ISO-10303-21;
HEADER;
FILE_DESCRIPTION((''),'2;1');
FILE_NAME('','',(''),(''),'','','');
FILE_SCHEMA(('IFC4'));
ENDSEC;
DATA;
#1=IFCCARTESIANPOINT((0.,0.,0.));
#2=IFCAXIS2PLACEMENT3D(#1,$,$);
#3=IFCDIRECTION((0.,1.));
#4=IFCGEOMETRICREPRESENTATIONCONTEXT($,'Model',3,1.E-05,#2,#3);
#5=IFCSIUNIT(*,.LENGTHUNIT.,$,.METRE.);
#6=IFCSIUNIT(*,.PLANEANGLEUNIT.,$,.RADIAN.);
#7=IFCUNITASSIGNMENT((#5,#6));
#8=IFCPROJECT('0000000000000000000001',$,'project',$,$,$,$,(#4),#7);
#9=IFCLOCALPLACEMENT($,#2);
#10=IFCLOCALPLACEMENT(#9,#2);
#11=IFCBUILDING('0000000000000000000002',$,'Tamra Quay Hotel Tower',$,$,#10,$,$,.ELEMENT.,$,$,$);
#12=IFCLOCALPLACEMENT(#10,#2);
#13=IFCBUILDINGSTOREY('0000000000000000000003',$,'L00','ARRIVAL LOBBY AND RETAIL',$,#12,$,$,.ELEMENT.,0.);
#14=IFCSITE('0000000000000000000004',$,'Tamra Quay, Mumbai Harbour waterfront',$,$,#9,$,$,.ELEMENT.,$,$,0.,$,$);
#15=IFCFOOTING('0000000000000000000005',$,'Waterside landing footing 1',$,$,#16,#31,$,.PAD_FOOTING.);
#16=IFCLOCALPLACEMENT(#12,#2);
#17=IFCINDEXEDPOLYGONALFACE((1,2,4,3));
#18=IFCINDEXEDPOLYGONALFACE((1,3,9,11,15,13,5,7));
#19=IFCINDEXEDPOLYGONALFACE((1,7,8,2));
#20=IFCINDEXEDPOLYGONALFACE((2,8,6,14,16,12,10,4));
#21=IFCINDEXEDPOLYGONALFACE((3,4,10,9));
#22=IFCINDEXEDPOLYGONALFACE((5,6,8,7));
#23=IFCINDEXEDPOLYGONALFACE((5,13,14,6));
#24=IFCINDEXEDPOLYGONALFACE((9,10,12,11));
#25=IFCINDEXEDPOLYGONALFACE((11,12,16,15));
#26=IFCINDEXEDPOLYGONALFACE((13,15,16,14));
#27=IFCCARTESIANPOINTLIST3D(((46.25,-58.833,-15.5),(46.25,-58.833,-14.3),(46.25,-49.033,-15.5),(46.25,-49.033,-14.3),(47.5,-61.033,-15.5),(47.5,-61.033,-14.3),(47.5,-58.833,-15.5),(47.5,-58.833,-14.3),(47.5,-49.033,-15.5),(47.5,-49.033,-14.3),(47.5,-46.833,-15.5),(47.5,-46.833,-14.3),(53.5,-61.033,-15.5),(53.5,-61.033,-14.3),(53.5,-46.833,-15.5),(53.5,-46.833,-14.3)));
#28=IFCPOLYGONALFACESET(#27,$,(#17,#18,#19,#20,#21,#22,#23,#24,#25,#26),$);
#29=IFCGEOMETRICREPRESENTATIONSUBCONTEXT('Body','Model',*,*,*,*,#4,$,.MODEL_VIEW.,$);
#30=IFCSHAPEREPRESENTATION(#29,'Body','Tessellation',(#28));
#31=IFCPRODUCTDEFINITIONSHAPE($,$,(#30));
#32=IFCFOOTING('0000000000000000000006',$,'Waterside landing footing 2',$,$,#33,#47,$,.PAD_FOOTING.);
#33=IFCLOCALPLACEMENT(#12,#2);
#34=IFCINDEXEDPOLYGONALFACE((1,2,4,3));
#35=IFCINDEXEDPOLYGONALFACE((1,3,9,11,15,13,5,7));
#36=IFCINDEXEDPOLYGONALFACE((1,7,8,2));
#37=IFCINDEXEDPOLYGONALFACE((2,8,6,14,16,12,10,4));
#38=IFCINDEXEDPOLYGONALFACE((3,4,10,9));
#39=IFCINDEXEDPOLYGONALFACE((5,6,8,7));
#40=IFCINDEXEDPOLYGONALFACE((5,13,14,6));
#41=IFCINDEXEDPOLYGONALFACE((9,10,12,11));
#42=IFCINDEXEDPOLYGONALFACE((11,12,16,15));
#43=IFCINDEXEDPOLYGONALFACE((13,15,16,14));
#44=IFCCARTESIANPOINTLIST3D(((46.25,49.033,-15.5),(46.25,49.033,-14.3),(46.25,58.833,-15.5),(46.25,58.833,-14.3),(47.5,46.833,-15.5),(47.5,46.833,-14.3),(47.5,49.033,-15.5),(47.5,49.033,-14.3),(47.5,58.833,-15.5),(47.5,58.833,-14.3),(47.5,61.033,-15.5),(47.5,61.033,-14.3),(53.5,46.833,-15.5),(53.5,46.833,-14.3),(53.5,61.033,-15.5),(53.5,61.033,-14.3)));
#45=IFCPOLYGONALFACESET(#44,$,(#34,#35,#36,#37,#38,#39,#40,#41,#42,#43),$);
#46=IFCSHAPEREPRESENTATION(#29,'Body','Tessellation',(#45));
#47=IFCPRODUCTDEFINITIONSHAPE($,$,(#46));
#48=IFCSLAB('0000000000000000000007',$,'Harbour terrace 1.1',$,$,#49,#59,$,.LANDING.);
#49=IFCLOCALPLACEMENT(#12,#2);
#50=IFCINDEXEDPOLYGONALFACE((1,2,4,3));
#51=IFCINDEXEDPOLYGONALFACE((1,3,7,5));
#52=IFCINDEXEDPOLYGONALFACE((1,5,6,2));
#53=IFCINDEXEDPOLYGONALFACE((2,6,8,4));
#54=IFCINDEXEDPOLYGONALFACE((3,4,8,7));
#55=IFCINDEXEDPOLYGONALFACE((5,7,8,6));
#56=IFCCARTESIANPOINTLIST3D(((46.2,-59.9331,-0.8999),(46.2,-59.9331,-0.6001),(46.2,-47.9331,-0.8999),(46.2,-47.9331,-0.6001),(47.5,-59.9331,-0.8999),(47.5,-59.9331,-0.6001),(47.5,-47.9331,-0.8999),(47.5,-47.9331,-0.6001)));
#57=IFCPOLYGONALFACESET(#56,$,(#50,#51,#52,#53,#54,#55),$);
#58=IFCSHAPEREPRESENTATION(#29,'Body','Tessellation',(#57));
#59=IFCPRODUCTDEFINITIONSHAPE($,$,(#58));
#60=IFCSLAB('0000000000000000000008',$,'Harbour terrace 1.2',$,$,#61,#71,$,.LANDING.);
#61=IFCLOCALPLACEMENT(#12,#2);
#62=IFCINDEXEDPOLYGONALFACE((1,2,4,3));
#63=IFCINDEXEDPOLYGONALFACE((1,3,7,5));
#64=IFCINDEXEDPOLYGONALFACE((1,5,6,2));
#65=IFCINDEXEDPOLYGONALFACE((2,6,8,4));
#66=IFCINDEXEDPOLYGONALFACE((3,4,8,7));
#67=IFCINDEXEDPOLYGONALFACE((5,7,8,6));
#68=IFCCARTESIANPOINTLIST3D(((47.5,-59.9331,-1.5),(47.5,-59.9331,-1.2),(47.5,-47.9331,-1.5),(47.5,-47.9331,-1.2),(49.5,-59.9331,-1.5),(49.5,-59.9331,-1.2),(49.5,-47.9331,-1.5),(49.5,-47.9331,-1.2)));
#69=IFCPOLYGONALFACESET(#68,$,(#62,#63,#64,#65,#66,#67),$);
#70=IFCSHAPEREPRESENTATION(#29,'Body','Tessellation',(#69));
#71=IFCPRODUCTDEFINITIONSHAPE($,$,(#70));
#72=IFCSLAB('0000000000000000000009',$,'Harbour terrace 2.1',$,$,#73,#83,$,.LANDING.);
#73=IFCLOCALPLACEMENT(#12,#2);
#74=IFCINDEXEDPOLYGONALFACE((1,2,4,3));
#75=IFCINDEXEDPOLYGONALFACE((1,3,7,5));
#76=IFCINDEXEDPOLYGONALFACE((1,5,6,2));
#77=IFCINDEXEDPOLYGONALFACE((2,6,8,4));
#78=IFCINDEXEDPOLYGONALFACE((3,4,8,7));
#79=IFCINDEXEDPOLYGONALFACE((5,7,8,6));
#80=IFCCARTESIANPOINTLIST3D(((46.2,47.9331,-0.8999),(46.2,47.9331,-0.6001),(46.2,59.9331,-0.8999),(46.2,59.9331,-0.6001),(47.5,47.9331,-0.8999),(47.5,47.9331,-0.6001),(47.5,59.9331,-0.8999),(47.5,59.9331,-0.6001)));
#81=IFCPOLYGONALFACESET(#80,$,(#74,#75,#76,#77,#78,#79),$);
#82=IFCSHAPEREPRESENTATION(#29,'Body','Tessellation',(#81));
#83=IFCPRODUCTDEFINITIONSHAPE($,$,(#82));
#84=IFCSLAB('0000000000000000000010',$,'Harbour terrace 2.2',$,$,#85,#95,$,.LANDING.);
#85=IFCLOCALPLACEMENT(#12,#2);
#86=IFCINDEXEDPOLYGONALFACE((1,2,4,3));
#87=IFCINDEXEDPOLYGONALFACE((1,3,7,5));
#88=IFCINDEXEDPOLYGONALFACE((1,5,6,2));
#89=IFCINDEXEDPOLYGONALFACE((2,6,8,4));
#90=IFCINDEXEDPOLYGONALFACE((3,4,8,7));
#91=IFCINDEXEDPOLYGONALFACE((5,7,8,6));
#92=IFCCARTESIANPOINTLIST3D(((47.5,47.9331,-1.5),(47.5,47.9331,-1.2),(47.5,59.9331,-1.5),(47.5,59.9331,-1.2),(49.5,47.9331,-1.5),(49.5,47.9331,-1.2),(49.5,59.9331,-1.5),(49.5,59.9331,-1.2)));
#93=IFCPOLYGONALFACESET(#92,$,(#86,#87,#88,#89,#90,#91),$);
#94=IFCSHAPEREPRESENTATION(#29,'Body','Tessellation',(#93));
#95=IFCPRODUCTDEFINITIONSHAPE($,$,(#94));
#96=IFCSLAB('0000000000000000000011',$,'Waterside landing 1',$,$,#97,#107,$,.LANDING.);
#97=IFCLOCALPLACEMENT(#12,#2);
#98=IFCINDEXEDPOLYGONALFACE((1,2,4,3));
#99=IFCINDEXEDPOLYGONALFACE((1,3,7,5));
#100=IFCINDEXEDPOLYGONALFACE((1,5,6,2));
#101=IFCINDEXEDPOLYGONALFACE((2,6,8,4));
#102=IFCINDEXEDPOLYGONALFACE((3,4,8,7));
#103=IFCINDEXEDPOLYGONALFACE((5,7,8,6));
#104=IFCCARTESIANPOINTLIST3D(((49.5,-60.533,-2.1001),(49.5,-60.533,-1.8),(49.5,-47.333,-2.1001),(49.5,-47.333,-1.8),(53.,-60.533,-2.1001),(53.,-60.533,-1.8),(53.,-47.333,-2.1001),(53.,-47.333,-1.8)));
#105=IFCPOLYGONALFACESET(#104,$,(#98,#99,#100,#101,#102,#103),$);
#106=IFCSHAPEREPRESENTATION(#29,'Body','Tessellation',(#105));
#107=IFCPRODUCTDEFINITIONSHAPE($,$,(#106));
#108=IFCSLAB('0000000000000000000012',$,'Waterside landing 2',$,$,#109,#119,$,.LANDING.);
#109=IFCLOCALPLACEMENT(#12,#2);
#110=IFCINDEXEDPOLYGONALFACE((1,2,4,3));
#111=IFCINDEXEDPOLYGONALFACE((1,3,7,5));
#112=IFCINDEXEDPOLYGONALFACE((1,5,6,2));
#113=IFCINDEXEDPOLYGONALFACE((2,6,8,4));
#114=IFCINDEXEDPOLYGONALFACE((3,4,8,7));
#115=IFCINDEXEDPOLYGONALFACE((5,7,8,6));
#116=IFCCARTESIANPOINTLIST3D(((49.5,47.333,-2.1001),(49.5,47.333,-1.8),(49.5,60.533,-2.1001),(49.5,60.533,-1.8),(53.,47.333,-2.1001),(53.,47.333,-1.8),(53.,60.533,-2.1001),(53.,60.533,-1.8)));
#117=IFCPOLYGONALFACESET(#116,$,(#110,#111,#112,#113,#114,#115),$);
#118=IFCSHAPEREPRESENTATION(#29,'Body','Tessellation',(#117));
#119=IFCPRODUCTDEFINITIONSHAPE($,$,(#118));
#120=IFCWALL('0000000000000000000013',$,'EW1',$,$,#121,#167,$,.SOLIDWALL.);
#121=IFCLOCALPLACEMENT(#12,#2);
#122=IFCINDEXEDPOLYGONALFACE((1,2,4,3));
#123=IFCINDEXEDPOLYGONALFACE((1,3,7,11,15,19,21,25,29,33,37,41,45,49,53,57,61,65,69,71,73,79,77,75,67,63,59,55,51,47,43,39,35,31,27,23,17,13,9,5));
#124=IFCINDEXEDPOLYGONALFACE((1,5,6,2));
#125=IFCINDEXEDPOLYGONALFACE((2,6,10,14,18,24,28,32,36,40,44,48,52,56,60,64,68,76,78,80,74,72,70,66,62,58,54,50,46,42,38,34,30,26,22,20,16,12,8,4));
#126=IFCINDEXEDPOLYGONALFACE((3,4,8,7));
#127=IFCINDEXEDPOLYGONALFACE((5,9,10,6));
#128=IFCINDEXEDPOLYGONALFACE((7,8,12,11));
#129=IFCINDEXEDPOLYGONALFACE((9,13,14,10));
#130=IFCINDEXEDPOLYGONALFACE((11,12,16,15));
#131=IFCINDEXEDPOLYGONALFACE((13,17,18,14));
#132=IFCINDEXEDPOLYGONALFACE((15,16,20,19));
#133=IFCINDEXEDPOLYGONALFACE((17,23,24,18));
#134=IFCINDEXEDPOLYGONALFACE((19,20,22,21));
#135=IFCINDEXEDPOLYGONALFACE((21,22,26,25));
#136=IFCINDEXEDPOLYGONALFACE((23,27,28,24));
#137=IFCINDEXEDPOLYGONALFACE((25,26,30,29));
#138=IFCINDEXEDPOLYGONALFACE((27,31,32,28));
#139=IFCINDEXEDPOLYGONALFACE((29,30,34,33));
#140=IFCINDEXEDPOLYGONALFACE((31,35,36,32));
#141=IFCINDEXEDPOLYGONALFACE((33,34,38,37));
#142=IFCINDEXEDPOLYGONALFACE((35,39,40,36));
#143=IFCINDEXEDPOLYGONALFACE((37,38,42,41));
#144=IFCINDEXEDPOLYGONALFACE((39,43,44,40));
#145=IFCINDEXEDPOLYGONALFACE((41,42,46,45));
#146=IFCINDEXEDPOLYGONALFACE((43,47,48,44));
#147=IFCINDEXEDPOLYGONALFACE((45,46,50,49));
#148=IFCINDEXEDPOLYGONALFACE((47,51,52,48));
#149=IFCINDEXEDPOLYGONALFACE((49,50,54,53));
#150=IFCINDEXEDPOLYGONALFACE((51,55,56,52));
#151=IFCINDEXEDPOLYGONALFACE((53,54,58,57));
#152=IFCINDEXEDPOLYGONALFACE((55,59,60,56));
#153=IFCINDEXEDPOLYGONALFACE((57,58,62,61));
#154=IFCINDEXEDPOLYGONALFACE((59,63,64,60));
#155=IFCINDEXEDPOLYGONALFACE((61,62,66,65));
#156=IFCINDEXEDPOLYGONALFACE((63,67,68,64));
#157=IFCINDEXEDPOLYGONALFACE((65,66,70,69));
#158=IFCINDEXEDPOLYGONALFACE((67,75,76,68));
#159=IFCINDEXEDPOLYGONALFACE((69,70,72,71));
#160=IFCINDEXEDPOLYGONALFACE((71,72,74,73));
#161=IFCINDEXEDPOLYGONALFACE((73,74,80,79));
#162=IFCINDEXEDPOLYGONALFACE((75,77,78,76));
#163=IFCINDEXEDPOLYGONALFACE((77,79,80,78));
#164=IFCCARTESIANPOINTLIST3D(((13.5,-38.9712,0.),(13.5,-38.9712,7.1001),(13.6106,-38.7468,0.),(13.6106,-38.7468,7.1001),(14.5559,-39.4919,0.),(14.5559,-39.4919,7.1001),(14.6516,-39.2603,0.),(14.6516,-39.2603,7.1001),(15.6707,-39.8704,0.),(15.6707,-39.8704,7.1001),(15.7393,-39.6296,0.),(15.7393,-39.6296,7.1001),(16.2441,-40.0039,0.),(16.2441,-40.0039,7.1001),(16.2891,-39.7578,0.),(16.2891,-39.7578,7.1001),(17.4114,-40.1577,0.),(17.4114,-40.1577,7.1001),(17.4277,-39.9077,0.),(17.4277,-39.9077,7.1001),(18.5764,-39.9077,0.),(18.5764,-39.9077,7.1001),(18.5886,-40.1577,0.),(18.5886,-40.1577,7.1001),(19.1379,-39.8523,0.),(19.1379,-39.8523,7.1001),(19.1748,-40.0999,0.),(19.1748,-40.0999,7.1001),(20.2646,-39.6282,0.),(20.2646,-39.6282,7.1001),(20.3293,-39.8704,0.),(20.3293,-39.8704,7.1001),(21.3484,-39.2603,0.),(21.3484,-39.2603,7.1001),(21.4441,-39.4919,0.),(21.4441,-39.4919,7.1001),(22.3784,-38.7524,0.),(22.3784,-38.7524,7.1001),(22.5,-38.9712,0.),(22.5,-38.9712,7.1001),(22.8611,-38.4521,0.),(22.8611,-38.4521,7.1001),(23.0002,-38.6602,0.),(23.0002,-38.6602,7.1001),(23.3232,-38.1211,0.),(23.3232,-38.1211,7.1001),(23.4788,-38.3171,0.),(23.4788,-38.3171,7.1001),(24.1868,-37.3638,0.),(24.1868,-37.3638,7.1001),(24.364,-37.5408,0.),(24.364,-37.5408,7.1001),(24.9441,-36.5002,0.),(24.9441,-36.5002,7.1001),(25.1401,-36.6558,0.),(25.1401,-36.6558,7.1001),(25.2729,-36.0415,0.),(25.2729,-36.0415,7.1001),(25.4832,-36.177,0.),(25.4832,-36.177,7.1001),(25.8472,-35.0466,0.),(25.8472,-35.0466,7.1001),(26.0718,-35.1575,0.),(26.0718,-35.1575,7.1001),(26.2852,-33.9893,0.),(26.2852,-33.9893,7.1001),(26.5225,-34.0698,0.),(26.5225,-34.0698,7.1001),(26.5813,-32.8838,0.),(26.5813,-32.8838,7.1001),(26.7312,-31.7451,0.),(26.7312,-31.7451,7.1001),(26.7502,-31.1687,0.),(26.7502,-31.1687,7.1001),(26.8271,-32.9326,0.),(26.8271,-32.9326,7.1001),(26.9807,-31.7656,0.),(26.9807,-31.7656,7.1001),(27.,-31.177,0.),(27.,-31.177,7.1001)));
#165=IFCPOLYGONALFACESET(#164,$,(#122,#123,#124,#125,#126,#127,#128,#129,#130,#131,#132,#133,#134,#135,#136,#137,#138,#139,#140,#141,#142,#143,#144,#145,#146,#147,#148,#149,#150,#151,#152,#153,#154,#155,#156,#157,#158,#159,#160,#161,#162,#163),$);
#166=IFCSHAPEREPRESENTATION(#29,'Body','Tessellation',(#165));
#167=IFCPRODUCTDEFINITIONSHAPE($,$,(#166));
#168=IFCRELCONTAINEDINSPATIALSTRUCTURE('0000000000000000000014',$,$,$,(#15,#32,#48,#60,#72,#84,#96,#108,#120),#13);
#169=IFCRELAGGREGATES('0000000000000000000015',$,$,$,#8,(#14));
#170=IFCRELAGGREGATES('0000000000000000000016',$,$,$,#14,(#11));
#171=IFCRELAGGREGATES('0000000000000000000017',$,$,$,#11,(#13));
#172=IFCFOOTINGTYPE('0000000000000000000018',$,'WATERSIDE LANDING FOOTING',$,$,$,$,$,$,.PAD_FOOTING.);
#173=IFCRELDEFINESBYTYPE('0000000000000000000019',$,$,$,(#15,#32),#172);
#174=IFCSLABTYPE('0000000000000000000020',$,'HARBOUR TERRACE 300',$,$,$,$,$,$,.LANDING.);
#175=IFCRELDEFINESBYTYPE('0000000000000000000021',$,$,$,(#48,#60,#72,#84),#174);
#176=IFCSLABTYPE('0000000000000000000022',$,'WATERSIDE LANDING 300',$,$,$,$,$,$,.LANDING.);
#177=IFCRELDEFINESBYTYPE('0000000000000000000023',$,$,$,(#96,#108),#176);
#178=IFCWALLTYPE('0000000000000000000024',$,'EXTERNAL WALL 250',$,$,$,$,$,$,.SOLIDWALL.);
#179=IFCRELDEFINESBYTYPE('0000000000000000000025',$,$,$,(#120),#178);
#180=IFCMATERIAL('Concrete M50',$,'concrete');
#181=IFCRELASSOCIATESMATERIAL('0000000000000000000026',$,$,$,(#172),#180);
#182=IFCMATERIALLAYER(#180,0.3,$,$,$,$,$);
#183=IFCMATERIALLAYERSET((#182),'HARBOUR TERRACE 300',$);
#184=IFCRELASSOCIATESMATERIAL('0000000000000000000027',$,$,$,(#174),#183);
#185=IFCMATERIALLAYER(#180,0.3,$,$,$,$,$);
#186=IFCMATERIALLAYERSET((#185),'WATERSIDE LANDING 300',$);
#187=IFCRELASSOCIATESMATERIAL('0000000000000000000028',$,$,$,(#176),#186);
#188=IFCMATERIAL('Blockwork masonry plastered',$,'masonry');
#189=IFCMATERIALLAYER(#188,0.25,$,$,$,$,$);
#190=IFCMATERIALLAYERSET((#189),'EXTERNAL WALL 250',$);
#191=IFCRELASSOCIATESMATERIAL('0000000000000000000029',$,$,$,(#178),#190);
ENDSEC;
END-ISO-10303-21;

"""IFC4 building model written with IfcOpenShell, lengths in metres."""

from ifc_helpers import new_model, si_unit, direction, frame, origin, place, context, subcontext, project, spatial, polyline, outline, extrude, material, layer, layer_set, type_object, element, save


model = new_model("IFC4")

# Units and contexts
model_context = context("Model", 3, precision=1e-05, world=origin(), true_north=direction((0.0, 1.0)))
body_context = subcontext(model_context, "Body", "Model", "MODEL_VIEW")
ifc_project = project(units=[si_unit("LENGTHUNIT", "METRE"), si_unit("PLANEANGLEUNIT", "RADIAN")], contexts=[model_context])

# Site, building, storey
site_placement = place(None, origin())
site = spatial("IfcSite", under=ifc_project, at=site_placement, Name="Tamra Quay, Mumbai Harbour waterfront", CompositionType="ELEMENT", RefElevation=0.0)
building_placement = place(site_placement, origin())
building = spatial("IfcBuilding", under=site, at=building_placement, Name="Tamra Quay Hotel Tower", CompositionType="ELEMENT")
storey_placement = place(building_placement, origin())
storey = spatial("IfcBuildingStorey", under=building, at=storey_placement, Name="L00", Description="ARRIVAL LOBBY AND RETAIL", CompositionType="ELEMENT", Elevation=0.0)

# Footings
ifc_material_1 = material(Name="Concrete M50", Category="concrete")
footing_type = type_object("IfcFootingType", Name="WATERSIDE LANDING FOOTING", PredefinedType="PAD_FOOTING", material=ifc_material_1)
footing_1_placement = place(storey_placement, frame((0.0, 0.0, -15.5)))
element("IfcFooting", 1, at=footing_1_placement, inside=storey, type_object=footing_type, Name="Waterside landing footing 1", PredefinedType="PAD_FOOTING", context=body_context, shape_type="SweptSolid", body=[
    extrude(outline(polyline([(46.25, -58.833), (47.5, -58.833), (47.5, -61.033), (53.5, -61.033), (53.5, -46.833), (47.5, -46.833), (47.5, -49.033), (46.25, -49.033), (46.25, -58.833)])), origin(), (0.0, 0.0, 1.0), 1.2),
])
footing_2_placement = place(storey_placement, frame((0.0, 0.0, -15.5)))
element("IfcFooting", 2, at=footing_2_placement, inside=storey, type_object=footing_type, Name="Waterside landing footing 2", PredefinedType="PAD_FOOTING", context=body_context, shape_type="SweptSolid", body=[
    extrude(outline(polyline([(46.25, 49.033), (47.5, 49.033), (47.5, 46.833), (53.5, 46.833), (53.5, 61.033), (47.5, 61.033), (47.5, 58.833), (46.25, 58.833), (46.25, 49.033)])), origin(), (0.0, 0.0, 1.0), 1.2),
])

# Slabs
ifc_layer_1 = layer(ifc_material_1, 0.3)
ifc_layer_set_1 = layer_set([ifc_layer_1], Name="HARBOUR TERRACE 300")
slab_type_1 = type_object("IfcSlabType", Name="HARBOUR TERRACE 300", PredefinedType="LANDING", material=ifc_layer_set_1)
slab_1_placement = place(storey_placement, frame((0.0, 0.0, -0.8999)))
element("IfcSlab", 3, at=slab_1_placement, inside=storey, type_object=slab_type_1, Name="Harbour terrace 1.1", PredefinedType="LANDING", context=body_context, shape_type="SweptSolid", body=[
    extrude(outline(polyline([(46.2, -59.9331), (47.5, -59.9331), (47.5, -47.9331), (46.2, -47.9331), (46.2, -59.9331)])), origin(), (0.0, 0.0, 1.0), 0.2998),
])
slab_2_placement = place(storey_placement, frame((0.0, 0.0, -1.5)))
element("IfcSlab", 4, at=slab_2_placement, inside=storey, type_object=slab_type_1, Name="Harbour terrace 1.2", PredefinedType="LANDING", context=body_context, shape_type="SweptSolid", body=[
    extrude(outline(polyline([(47.5, -59.9331), (49.5, -59.9331), (49.5, -47.9331), (47.5, -47.9331), (47.5, -59.9331)])), origin(), (0.0, 0.0, 1.0), 0.3),
])
slab_3_placement = place(storey_placement, frame((0.0, 0.0, -0.8999)))
element("IfcSlab", 5, at=slab_3_placement, inside=storey, type_object=slab_type_1, Name="Harbour terrace 2.1", PredefinedType="LANDING", context=body_context, shape_type="SweptSolid", body=[
    extrude(outline(polyline([(46.2, 47.9331), (47.5, 47.9331), (47.5, 59.9331), (46.2, 59.9331), (46.2, 47.9331)])), origin(), (0.0, 0.0, 1.0), 0.2998),
])
slab_4_placement = place(storey_placement, frame((0.0, 0.0, -1.5)))
element("IfcSlab", 6, at=slab_4_placement, inside=storey, type_object=slab_type_1, Name="Harbour terrace 2.2", PredefinedType="LANDING", context=body_context, shape_type="SweptSolid", body=[
    extrude(outline(polyline([(47.5, 47.9331), (49.5, 47.9331), (49.5, 59.9331), (47.5, 59.9331), (47.5, 47.9331)])), origin(), (0.0, 0.0, 1.0), 0.3),
])
ifc_layer_2 = layer(ifc_material_1, 0.3)
ifc_layer_set_2 = layer_set([ifc_layer_2], Name="WATERSIDE LANDING 300")
slab_type_2 = type_object("IfcSlabType", Name="WATERSIDE LANDING 300", PredefinedType="LANDING", material=ifc_layer_set_2)
slab_5_placement = place(storey_placement, frame((0.0, 0.0, -2.1001)))
element("IfcSlab", 7, at=slab_5_placement, inside=storey, type_object=slab_type_2, Name="Waterside landing 1", PredefinedType="LANDING", context=body_context, shape_type="SweptSolid", body=[
    extrude(outline(polyline([(49.5, -60.533), (53.0, -60.533), (53.0, -47.333), (49.5, -47.333), (49.5, -60.533)])), origin(), (0.0, 0.0, 1.0), 0.3),
])
slab_6_placement = place(storey_placement, frame((0.0, 0.0, -2.1001)))
element("IfcSlab", 8, at=slab_6_placement, inside=storey, type_object=slab_type_2, Name="Waterside landing 2", PredefinedType="LANDING", context=body_context, shape_type="SweptSolid", body=[
    extrude(outline(polyline([(49.5, 47.333), (53.0, 47.333), (53.0, 60.533), (49.5, 60.533), (49.5, 47.333)])), origin(), (0.0, 0.0, 1.0), 0.3),
])

# Wall
ifc_material_2 = material(Name="Blockwork masonry plastered", Category="masonry")
ifc_layer_3 = layer(ifc_material_2, 0.25)
ifc_layer_set_3 = layer_set([ifc_layer_3], Name="EXTERNAL WALL 250")
wall_type = type_object("IfcWallType", Name="EXTERNAL WALL 250", PredefinedType="SOLIDWALL", material=ifc_layer_set_3)
wall_1_placement = place(storey_placement, origin())
element("IfcWall", 9, at=wall_1_placement, inside=storey, type_object=wall_type, Name="EW1", PredefinedType="SOLIDWALL", context=body_context, shape_type="SweptSolid", body=[
    extrude(outline(polyline([(13.5, -38.9712), (14.5559, -39.4919), (15.6707, -39.8704), (16.2441, -40.0039), (17.4114, -40.1577), (18.5886, -40.1577), (19.1748, -40.0999), (20.3293, -39.8704), (21.4441, -39.4919), (22.5, -38.9712), (23.0002, -38.6602), (23.4788, -38.3171), (24.364, -37.5408), (25.1401, -36.6558), (25.4832, -36.177), (26.0718, -35.1575), (26.5225, -34.0698), (26.8271, -32.9326), (26.9807, -31.7656), (27.0, -31.177), (26.7502, -31.1687), (26.7312, -31.7451), (26.5813, -32.8838), (26.2852, -33.9893), (25.8472, -35.0466), (25.2729, -36.0415), (24.9441, -36.5002), (24.1868, -37.3638), (23.3232, -38.1211), (22.8611, -38.4521), (22.3784, -38.7524), (21.3484, -39.2603), (20.2646, -39.6282), (19.1379, -39.8523), (18.5764, -39.9077), (17.4277, -39.9077), (16.2891, -39.7578), (15.7393, -39.6296), (14.6516, -39.2603), (13.6106, -38.7468), (13.5, -38.9712)])), origin(), (0.0, 0.0, 1.0), 7.1001),
])

save(model, "model.ifc")
